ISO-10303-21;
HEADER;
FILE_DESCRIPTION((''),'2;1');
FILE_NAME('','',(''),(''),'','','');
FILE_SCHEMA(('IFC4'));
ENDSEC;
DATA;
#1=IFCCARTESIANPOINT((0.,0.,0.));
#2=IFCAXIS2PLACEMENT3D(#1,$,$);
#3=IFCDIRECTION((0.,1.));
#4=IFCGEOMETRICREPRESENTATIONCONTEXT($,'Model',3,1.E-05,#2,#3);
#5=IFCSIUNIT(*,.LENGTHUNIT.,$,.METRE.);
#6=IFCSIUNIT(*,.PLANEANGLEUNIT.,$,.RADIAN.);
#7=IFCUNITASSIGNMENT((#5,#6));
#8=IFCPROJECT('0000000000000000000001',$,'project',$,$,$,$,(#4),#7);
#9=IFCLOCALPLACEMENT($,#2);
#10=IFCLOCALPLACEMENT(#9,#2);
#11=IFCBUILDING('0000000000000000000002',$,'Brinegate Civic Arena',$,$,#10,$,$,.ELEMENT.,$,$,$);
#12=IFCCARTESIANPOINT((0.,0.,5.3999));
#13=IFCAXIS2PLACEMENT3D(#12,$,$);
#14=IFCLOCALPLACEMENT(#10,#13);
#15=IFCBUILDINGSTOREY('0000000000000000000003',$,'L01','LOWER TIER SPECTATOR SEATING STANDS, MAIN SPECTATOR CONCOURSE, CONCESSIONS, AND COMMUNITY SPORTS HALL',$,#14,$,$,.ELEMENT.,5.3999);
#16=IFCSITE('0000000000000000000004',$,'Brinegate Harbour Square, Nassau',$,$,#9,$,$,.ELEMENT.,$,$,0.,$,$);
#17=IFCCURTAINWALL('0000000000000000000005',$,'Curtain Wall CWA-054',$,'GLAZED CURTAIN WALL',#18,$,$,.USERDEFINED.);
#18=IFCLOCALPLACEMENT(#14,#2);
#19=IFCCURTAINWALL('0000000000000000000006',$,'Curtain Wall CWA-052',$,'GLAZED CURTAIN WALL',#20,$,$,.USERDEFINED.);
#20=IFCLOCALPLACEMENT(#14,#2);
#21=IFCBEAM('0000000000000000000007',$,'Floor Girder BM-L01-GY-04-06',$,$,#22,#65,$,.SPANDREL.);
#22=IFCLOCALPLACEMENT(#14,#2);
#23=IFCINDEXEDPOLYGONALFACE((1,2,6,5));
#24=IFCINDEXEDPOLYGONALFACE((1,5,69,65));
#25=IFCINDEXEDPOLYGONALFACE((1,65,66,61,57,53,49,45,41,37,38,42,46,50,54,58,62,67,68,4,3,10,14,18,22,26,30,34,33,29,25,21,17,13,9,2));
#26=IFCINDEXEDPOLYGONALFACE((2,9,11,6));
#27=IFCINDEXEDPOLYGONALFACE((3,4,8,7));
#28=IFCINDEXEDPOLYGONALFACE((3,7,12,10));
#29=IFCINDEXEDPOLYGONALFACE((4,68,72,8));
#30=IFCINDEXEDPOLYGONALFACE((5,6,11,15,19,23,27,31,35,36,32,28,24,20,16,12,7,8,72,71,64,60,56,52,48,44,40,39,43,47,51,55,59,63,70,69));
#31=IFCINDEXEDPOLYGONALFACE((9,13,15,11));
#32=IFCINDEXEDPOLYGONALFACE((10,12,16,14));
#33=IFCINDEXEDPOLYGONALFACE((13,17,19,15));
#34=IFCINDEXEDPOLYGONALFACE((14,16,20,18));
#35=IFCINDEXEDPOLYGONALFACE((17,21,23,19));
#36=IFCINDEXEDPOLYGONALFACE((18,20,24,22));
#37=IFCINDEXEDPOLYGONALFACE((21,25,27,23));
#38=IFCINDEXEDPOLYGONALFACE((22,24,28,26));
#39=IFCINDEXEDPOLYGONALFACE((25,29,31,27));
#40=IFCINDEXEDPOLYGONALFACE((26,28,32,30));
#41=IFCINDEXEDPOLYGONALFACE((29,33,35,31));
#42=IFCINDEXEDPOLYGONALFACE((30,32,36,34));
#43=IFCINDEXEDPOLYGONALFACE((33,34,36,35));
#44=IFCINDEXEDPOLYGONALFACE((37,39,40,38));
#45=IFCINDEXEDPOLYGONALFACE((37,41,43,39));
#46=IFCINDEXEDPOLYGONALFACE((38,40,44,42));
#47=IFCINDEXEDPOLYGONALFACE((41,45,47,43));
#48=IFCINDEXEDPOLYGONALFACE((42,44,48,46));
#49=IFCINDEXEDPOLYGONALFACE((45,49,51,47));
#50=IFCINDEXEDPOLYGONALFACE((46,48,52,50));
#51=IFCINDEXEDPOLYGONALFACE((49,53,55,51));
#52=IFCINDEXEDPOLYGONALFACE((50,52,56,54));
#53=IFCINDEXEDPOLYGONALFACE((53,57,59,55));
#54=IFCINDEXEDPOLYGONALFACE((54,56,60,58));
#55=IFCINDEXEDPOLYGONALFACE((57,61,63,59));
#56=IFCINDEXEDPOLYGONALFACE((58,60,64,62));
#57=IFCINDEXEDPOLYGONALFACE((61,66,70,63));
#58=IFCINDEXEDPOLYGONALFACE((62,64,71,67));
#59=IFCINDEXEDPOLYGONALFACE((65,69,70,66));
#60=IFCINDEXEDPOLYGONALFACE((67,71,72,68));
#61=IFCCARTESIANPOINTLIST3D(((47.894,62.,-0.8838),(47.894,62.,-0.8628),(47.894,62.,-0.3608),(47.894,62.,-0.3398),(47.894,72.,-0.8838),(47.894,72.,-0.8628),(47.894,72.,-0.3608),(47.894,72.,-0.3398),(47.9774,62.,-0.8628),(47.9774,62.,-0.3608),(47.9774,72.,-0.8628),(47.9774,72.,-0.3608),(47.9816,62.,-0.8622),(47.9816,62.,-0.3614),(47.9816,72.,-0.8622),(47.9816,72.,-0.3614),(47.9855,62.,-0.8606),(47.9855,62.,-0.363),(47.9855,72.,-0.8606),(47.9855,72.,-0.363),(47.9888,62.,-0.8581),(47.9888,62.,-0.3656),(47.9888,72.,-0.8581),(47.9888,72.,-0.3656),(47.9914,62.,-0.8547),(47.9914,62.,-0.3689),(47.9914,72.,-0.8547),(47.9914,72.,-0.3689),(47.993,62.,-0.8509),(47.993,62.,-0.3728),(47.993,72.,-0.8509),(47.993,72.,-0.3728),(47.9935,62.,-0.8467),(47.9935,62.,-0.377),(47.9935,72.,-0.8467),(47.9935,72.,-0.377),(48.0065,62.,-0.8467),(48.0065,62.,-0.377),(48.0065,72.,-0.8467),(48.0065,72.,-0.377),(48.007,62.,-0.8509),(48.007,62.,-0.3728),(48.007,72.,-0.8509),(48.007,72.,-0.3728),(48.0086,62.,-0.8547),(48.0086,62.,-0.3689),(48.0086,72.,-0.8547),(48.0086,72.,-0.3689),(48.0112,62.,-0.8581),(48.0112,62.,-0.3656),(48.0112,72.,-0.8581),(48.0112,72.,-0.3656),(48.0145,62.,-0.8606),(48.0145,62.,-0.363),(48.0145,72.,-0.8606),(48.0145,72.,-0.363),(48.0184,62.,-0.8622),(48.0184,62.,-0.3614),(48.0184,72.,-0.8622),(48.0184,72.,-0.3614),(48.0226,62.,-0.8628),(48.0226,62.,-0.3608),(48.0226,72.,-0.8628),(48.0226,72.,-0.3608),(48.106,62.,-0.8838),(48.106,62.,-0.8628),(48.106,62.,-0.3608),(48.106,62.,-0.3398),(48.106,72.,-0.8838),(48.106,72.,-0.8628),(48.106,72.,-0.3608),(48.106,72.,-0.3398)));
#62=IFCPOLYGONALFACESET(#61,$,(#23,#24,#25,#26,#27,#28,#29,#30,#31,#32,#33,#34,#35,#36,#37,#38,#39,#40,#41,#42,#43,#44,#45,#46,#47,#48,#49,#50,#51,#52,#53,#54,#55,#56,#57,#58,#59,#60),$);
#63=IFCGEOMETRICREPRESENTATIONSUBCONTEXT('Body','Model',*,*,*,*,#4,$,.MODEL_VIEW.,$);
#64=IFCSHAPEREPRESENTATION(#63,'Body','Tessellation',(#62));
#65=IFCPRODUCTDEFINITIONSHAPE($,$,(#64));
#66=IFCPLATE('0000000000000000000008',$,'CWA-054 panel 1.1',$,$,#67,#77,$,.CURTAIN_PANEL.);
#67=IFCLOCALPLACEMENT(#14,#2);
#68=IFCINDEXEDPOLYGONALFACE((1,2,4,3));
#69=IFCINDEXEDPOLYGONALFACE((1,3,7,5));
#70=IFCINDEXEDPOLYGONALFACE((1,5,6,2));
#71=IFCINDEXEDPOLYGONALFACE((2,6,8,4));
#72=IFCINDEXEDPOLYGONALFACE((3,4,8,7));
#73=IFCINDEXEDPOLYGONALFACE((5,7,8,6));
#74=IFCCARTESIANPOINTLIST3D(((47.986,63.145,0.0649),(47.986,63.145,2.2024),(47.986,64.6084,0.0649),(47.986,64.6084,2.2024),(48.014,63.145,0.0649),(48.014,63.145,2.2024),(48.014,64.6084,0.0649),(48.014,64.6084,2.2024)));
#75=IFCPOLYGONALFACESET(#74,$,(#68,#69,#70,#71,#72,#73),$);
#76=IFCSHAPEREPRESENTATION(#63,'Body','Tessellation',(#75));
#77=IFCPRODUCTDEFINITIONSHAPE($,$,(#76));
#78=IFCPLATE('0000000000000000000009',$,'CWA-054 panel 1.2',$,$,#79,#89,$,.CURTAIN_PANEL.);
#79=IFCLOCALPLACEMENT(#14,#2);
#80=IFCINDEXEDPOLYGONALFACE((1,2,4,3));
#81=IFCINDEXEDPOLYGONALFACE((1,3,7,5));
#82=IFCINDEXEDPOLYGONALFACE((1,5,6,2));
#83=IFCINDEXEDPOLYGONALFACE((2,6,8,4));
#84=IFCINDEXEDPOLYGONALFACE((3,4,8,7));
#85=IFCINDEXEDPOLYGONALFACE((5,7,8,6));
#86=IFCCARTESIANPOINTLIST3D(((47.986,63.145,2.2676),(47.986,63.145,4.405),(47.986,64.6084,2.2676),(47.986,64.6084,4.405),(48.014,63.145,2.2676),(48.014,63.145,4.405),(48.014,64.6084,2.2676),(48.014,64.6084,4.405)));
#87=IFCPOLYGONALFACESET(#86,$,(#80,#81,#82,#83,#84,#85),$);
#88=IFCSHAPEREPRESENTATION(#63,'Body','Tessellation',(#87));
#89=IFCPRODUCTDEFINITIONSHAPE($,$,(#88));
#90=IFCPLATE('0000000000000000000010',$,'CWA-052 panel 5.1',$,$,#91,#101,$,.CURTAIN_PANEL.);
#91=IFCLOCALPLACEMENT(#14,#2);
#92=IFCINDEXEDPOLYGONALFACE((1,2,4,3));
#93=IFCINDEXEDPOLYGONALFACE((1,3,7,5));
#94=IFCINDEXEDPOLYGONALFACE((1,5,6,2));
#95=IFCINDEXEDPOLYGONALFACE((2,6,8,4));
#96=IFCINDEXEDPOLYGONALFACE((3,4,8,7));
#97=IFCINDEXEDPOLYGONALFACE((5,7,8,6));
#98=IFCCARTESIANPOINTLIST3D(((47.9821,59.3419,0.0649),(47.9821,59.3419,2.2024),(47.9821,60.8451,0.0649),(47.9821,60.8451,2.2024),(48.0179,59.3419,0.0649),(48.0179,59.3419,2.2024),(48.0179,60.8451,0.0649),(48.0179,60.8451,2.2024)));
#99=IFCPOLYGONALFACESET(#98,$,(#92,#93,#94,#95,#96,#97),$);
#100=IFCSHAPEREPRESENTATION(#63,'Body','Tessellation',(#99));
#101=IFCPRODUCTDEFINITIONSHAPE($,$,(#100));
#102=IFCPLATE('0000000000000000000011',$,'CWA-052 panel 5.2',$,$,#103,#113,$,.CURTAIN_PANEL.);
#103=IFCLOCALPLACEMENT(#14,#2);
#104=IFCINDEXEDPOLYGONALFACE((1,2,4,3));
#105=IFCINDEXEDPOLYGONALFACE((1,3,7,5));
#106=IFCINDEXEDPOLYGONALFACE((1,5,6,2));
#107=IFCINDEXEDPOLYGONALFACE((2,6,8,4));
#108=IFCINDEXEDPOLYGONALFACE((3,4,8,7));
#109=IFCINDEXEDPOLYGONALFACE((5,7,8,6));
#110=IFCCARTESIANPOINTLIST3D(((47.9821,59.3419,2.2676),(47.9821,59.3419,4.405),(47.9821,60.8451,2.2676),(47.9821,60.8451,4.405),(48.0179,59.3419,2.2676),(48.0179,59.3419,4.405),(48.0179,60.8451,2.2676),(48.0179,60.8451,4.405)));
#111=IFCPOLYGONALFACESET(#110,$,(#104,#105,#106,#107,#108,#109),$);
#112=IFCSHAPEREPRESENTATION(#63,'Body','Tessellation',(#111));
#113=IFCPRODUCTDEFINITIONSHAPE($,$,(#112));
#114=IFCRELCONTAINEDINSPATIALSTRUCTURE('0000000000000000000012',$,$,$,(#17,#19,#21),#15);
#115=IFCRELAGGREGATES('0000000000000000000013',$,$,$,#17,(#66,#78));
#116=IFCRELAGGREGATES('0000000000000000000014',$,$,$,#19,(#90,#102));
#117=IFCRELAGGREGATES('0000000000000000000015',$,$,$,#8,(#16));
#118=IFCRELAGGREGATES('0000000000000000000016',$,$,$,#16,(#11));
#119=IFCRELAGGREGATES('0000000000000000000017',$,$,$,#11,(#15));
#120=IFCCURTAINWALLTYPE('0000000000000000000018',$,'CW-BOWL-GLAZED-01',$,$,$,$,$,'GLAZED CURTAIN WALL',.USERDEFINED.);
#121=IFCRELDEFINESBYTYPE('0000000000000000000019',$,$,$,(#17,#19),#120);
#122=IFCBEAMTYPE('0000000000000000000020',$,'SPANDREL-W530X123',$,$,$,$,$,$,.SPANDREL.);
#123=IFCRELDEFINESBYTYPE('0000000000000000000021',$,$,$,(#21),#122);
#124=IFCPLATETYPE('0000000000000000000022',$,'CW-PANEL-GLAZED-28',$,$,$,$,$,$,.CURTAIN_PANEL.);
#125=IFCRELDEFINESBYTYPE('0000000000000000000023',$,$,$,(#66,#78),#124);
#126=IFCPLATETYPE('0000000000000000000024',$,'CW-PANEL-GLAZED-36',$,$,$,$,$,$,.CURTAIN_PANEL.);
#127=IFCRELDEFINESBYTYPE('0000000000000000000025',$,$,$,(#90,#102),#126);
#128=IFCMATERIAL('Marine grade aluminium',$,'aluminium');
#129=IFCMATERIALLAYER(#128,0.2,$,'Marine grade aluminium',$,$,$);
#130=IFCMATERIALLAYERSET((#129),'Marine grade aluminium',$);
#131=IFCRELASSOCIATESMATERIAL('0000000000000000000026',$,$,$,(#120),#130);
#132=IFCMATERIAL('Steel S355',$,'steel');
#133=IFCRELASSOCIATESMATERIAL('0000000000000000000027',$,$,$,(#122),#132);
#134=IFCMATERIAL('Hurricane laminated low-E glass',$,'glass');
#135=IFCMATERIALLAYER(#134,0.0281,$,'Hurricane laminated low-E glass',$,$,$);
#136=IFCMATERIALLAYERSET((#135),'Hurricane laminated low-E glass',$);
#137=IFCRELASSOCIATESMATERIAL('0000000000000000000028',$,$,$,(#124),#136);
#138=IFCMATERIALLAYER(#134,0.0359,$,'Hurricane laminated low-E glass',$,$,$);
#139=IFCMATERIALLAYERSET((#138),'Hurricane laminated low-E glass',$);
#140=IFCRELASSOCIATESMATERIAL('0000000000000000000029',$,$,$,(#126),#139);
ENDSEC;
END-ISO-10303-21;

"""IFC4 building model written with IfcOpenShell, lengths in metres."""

from ifc_helpers import new_model, si_unit, direction, frame, origin, origin_2d, place, context, subcontext, project, spatial, rectangle, i_section, extrude, material, layer, layer_set, material_profile, profile_set, type_object, element, aggregate, save


model = new_model("IFC4")

# Units and contexts
model_context = context("Model", 3, precision=1e-05, world=origin(), true_north=direction((0.0, 1.0)))
body_context = subcontext(model_context, "Body", "Model", "MODEL_VIEW")
ifc_project = project(units=[si_unit("LENGTHUNIT", "METRE"), si_unit("PLANEANGLEUNIT", "RADIAN")], contexts=[model_context])

# Site, building, storey
site_placement = place(None, origin())
site = spatial("IfcSite", under=ifc_project, at=site_placement, Name="Brinegate Harbour Square, Nassau", CompositionType="ELEMENT", RefElevation=0.0)
building_placement = place(site_placement, origin())
building = spatial("IfcBuilding", under=site, at=building_placement, Name="Brinegate Civic Arena", CompositionType="ELEMENT")
storey_placement = place(building_placement, frame((0.0, 0.0, 5.3999)))
storey = spatial("IfcBuildingStorey", under=building, at=storey_placement, Name="L01", Description="LOWER TIER SPECTATOR SEATING STANDS, MAIN SPECTATOR CONCOURSE, CONCESSIONS, AND COMMUNITY SPORTS HALL", CompositionType="ELEMENT", Elevation=5.3999)

# Shared definitions
ifc_material_1 = material(Name="Steel S355", Category="steel")

# Curtain wall
ifc_material_2 = material(Name="Marine grade aluminium", Category="aluminium")
ifc_layer_1 = layer(ifc_material_2, 0.2, Name="Marine grade aluminium")
ifc_layer_set_1 = layer_set([ifc_layer_1], Name="Marine grade aluminium")
curtain_wall_type_1 = type_object("IfcCurtainWallType", Name="CW-BOWL-GLAZED-01", ElementType="GLAZED CURTAIN WALL", PredefinedType="USERDEFINED", material=ifc_layer_set_1)
curtain_wall_1_placement = place(storey_placement, origin())
curtain_wall_1 = element("IfcCurtainWall", 1, at=curtain_wall_1_placement, inside=storey, type_object=curtain_wall_type_1, Name="Curtain Wall CWA-054", ObjectType="GLAZED CURTAIN WALL", PredefinedType="USERDEFINED")

# Curtain wall
curtain_wall_2_placement = place(storey_placement, origin())
curtain_wall_2 = element("IfcCurtainWall", 2, at=curtain_wall_2_placement, inside=storey, type_object=curtain_wall_type_1, Name="Curtain Wall CWA-052", ObjectType="GLAZED CURTAIN WALL", PredefinedType="USERDEFINED")

# Beam
ifc_material_profile_1 = material_profile(ifc_material_1, i_section(OverallWidth=0.2119, OverallDepth=0.5439, WebThickness=0.0129, FlangeThickness=0.021, FilletRadius=0.0161, at=origin_2d()), Name="W530X123")
ifc_profile_set_1 = profile_set([ifc_material_profile_1], Name="Steel S355")
beam_type_1 = type_object("IfcBeamType", Name="SPANDREL-W530X123", PredefinedType="SPANDREL", material=ifc_profile_set_1)
beam_1_placement = place(storey_placement, frame((48.0, 62.0, -0.6118), z_axis=(0.0, 1.0, 0.0), x_axis=(-1.0, 0.0, 0.0)))
element("IfcBeam", 3, at=beam_1_placement, inside=storey, type_object=beam_type_1, Name="Floor Girder BM-L01-GY-04-06", PredefinedType="SPANDREL", context=body_context, shape_type="SweptSolid", body=[
    extrude(i_section(OverallWidth=0.2119, OverallDepth=0.5439, WebThickness=0.0129, FlangeThickness=0.021, FilletRadius=0.0161, at=origin_2d()), origin(), (0.0, 0.0, 1.0), 10.0),
])

# Plates
ifc_material_3 = material(Name="Hurricane laminated low-E glass", Category="glass")
ifc_layer_2 = layer(ifc_material_3, 0.0281, Name="Hurricane laminated low-E glass")
ifc_layer_set_2 = layer_set([ifc_layer_2], Name="Hurricane laminated low-E glass")
plate_type_1 = type_object("IfcPlateType", Name="CW-PANEL-GLAZED-28", PredefinedType="CURTAIN_PANEL", material=ifc_layer_set_2)
plate_1_placement = place(storey_placement, frame((48.0, 63.8767, 0.0649), z_axis=(0.0, 0.0, 1.0), x_axis=(0.0, 1.0, 0.0)))
plate_1 = element("IfcPlate", 4, at=plate_1_placement, type_object=plate_type_1, Name="CWA-054 panel 1.1", PredefinedType="CURTAIN_PANEL", context=body_context, shape_type="SweptSolid", body=[
    extrude(rectangle(XDim=1.4634, YDim=0.0281, at=origin_2d()), origin(), (0.0, 0.0, 1.0), 2.1375),
])
plate_2_placement = place(storey_placement, frame((48.0, 63.8767, 2.2676), z_axis=(0.0, 0.0, 1.0), x_axis=(0.0, 1.0, 0.0)))
plate_2 = element("IfcPlate", 5, at=plate_2_placement, type_object=plate_type_1, Name="CWA-054 panel 1.2", PredefinedType="CURTAIN_PANEL", context=body_context, shape_type="SweptSolid", body=[
    extrude(rectangle(XDim=1.4634, YDim=0.0281, at=origin_2d()), origin(), (0.0, 0.0, 1.0), 2.1375),
])
aggregate(curtain_wall_1, [plate_1, plate_2])
ifc_layer_3 = layer(ifc_material_3, 0.0359, Name="Hurricane laminated low-E glass")
ifc_layer_set_3 = layer_set([ifc_layer_3], Name="Hurricane laminated low-E glass")
plate_type_2 = type_object("IfcPlateType", Name="CW-PANEL-GLAZED-36", PredefinedType="CURTAIN_PANEL", material=ifc_layer_set_3)
plate_3_placement = place(storey_placement, frame((48.0, 60.0935, 0.0649), z_axis=(0.0, 0.0, 1.0), x_axis=(0.0, 1.0, 0.0)))
plate_3 = element("IfcPlate", 6, at=plate_3_placement, type_object=plate_type_2, Name="CWA-052 panel 5.1", PredefinedType="CURTAIN_PANEL", context=body_context, shape_type="SweptSolid", body=[
    extrude(rectangle(XDim=1.5032, YDim=0.0359, at=origin_2d()), origin(), (0.0, 0.0, 1.0), 2.1375),
])
plate_4_placement = place(storey_placement, frame((48.0, 60.0935, 2.2676), z_axis=(0.0, 0.0, 1.0), x_axis=(0.0, 1.0, 0.0)))
plate_4 = element("IfcPlate", 7, at=plate_4_placement, type_object=plate_type_2, Name="CWA-052 panel 5.2", PredefinedType="CURTAIN_PANEL", context=body_context, shape_type="SweptSolid", body=[
    extrude(rectangle(XDim=1.5032, YDim=0.0359, at=origin_2d()), origin(), (0.0, 0.0, 1.0), 2.1375),
])
aggregate(curtain_wall_2, [plate_3, plate_4])

save(model, "model.ifc")
